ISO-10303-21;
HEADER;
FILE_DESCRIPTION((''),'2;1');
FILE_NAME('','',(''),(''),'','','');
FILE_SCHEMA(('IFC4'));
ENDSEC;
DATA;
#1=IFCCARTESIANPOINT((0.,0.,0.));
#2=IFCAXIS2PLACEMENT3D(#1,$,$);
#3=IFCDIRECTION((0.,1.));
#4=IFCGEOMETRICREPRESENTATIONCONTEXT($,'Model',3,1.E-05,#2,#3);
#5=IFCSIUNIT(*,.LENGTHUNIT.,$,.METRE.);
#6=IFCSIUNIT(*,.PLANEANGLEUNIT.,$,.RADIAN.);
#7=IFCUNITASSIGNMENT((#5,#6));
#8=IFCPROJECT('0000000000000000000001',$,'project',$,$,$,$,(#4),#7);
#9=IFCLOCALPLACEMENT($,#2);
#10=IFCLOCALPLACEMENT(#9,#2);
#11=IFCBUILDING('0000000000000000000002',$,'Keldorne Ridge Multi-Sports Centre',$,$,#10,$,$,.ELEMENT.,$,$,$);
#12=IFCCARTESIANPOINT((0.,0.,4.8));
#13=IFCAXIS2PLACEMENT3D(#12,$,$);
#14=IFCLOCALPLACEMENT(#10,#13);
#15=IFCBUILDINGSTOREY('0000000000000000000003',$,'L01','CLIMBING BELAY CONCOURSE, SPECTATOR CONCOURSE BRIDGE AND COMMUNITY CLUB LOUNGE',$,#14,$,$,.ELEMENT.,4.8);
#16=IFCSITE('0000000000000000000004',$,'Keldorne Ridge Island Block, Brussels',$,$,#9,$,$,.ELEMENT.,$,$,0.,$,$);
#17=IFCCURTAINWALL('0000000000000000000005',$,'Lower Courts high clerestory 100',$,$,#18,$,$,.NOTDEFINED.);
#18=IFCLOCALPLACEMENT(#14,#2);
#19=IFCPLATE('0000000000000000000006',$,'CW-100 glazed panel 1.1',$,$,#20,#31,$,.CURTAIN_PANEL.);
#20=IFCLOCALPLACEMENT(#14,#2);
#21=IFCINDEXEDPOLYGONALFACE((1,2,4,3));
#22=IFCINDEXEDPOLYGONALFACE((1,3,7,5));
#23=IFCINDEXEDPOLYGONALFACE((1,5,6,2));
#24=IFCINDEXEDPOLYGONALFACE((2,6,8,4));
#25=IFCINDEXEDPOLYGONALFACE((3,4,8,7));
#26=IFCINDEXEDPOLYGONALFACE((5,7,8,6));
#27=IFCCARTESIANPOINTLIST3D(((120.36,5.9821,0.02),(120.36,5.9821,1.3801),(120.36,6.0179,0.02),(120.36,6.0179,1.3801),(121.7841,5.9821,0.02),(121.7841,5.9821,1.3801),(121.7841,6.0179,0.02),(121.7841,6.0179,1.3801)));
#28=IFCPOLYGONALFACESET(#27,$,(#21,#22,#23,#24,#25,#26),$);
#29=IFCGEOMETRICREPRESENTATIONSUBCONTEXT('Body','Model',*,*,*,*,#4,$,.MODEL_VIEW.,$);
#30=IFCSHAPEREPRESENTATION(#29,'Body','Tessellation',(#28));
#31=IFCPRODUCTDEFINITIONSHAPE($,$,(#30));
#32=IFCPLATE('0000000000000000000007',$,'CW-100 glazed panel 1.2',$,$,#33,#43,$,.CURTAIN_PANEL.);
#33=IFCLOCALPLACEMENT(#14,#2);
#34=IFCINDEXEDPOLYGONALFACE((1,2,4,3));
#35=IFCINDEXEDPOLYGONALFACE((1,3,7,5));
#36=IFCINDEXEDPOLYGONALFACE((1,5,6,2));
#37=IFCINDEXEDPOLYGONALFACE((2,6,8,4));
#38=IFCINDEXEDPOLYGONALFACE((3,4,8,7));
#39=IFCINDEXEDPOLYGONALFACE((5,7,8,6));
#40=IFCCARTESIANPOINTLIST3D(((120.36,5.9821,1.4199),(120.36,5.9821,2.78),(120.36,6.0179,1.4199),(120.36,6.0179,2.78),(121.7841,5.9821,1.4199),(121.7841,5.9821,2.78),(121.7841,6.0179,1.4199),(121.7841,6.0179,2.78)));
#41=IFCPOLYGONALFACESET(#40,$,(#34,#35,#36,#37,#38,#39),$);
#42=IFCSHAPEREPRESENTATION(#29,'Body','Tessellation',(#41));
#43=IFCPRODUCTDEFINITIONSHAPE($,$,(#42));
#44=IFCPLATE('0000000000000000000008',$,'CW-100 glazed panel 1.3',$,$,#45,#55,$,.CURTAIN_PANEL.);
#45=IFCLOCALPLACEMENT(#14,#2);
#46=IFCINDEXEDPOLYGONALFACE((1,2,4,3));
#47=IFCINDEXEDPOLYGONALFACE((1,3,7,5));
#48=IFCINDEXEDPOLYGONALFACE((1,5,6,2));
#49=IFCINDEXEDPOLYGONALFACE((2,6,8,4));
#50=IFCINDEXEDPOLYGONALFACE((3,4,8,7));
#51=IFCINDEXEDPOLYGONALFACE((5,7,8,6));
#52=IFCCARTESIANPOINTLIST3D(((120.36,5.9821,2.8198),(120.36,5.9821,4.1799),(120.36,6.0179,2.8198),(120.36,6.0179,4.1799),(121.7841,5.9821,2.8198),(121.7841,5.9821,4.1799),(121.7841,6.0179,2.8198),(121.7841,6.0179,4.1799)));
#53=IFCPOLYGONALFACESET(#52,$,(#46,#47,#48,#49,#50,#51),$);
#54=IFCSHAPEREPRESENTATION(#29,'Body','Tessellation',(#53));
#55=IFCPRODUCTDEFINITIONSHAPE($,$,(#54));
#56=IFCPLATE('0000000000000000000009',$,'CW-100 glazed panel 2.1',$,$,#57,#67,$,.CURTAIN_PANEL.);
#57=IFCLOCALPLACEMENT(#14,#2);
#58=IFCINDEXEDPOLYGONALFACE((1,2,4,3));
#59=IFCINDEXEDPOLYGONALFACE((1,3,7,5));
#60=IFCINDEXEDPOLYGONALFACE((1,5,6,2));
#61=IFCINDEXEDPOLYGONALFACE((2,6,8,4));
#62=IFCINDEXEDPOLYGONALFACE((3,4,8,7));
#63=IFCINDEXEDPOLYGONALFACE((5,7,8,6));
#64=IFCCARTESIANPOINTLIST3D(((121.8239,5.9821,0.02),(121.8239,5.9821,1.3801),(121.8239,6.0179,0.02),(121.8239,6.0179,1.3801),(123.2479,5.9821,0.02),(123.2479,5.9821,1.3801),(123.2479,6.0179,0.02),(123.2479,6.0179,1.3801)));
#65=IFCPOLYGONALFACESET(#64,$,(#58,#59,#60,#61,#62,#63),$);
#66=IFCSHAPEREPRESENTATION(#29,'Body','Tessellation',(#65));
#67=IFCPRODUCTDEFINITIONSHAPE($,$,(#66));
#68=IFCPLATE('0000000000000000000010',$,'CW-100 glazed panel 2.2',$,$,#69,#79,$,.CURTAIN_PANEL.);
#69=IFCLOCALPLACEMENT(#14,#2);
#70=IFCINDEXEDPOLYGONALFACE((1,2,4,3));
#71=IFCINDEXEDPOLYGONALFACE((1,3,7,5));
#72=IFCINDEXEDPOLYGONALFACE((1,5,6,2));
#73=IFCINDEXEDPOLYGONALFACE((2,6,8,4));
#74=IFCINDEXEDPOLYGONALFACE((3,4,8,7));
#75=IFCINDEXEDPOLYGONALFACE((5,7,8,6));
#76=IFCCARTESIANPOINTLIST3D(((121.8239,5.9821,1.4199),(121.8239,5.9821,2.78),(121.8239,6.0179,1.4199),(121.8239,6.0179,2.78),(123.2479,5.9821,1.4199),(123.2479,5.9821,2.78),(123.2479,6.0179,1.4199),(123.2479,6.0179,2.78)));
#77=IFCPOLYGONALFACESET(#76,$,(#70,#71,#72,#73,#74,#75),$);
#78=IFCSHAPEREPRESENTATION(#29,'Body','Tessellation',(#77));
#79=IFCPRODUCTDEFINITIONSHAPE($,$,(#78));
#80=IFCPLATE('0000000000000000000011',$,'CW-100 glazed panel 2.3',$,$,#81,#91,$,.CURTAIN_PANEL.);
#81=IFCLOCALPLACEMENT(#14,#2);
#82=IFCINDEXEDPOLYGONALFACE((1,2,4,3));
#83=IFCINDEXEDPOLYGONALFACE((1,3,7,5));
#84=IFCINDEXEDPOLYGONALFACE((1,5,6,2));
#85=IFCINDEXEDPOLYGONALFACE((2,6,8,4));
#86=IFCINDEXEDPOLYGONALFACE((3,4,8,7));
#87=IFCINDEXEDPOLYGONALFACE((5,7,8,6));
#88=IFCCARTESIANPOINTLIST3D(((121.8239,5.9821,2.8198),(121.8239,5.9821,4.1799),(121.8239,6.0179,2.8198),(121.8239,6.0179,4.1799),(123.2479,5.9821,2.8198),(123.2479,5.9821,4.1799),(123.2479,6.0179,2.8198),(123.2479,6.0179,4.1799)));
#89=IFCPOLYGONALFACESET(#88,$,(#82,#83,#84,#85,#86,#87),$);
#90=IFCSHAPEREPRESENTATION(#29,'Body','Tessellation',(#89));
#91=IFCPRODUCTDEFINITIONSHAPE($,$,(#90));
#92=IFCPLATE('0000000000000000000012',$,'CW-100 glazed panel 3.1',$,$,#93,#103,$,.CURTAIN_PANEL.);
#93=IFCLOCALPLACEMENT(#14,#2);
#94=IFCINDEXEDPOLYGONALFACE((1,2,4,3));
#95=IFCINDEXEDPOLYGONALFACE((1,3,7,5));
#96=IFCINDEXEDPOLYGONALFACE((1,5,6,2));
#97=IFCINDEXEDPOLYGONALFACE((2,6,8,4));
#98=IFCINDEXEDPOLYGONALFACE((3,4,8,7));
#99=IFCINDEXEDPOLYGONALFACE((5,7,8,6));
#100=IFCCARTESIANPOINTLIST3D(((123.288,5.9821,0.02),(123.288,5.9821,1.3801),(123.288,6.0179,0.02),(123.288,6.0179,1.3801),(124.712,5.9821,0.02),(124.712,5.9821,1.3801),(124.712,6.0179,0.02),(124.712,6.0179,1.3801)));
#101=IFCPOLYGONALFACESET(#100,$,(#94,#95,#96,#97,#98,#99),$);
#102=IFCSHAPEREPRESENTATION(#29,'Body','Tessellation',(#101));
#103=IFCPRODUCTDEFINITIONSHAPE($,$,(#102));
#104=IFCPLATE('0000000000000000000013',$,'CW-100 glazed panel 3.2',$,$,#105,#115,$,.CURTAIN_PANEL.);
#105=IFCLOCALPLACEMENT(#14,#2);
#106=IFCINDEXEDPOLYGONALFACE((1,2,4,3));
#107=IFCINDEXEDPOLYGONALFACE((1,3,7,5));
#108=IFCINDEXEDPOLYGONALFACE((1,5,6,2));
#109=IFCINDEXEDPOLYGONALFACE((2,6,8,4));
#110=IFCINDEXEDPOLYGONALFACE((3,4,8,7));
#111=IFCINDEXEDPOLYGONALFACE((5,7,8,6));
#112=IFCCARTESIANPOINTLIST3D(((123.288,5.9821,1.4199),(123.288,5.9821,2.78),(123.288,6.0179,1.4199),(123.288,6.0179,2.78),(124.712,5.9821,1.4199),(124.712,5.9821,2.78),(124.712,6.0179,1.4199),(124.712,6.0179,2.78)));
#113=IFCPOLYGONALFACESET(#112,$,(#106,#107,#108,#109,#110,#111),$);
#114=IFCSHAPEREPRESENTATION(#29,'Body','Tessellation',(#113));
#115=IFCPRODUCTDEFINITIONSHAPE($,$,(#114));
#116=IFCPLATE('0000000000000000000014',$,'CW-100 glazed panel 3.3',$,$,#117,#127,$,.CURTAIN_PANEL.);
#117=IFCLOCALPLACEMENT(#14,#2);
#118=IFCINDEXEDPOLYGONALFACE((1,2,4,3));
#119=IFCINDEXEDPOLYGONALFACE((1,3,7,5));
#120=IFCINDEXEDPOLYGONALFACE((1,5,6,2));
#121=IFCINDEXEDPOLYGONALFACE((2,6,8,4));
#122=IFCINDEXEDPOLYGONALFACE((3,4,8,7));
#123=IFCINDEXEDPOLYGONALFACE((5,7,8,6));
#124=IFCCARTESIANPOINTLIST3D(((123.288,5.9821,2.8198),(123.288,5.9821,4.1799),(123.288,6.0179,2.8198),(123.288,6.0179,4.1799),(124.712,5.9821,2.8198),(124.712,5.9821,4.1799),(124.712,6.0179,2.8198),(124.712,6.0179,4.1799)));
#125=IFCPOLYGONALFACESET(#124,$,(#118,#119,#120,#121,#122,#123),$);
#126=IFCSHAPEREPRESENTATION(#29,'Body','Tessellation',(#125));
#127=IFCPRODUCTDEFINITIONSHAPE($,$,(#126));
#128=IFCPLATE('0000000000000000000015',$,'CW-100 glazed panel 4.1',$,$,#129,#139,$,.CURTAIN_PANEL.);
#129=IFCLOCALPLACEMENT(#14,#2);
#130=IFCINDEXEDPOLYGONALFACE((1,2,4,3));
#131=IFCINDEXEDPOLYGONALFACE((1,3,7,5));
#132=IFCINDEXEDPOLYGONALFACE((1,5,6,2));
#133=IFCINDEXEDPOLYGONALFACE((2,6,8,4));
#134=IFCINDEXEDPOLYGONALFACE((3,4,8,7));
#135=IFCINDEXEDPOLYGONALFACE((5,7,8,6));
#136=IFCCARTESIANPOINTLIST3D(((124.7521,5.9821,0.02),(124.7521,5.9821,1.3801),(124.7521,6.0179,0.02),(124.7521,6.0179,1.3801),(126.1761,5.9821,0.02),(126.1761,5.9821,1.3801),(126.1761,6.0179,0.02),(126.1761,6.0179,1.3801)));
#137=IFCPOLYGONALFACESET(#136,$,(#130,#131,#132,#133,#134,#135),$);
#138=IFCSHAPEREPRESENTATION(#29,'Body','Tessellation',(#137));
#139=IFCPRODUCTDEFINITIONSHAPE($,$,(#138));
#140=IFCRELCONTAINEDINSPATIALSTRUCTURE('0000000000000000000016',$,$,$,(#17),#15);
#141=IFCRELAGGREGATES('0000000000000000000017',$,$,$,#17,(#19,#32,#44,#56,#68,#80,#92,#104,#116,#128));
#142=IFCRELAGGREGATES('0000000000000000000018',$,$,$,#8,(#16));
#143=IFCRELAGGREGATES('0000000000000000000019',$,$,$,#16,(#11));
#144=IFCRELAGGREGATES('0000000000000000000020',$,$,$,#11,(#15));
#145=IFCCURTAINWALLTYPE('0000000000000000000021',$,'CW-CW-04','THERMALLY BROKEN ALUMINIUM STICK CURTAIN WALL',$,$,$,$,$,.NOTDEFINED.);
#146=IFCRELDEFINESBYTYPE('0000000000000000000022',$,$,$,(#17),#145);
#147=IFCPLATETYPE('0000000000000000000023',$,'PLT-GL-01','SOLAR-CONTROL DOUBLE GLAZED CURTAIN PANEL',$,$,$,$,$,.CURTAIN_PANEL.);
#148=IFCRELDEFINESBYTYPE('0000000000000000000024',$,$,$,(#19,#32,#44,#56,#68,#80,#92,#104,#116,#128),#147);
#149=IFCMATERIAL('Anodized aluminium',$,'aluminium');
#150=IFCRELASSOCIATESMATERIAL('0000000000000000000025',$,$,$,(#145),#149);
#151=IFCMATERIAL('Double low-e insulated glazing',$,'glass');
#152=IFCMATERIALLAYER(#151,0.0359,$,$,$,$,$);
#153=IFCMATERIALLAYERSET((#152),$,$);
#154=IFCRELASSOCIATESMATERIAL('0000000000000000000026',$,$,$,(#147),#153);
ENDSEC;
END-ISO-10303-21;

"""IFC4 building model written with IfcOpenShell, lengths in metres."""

from ifc_helpers import new_model, si_unit, direction, frame, origin, origin_2d, place, context, subcontext, project, spatial, rectangle, extrude, material, layer, layer_set, type_object, element, aggregate, save


model = new_model("IFC4")

# Units and contexts
model_context = context("Model", 3, precision=1e-05, world=origin(), true_north=direction((0.0, 1.0)))
body_context = subcontext(model_context, "Body", "Model", "MODEL_VIEW")
ifc_project = project(units=[si_unit("LENGTHUNIT", "METRE"), si_unit("PLANEANGLEUNIT", "RADIAN")], contexts=[model_context])

# Site, building, storey
site_placement = place(None, origin())
site = spatial("IfcSite", under=ifc_project, at=site_placement, Name="Keldorne Ridge Island Block, Brussels", CompositionType="ELEMENT", RefElevation=0.0)
building_placement = place(site_placement, origin())
building = spatial("IfcBuilding", under=site, at=building_placement, Name="Keldorne Ridge Multi-Sports Centre", CompositionType="ELEMENT")
storey_placement = place(building_placement, frame((0.0, 0.0, 4.8)))
storey = spatial("IfcBuildingStorey", under=building, at=storey_placement, Name="L01", Description="CLIMBING BELAY CONCOURSE, SPECTATOR CONCOURSE BRIDGE AND COMMUNITY CLUB LOUNGE", CompositionType="ELEMENT", Elevation=4.8)

# Curtain wall
ifc_material_1 = material(Name="Anodized aluminium", Category="aluminium")
curtain_wall_type = type_object("IfcCurtainWallType", Name="CW-CW-04", Description="THERMALLY BROKEN ALUMINIUM STICK CURTAIN WALL", PredefinedType="NOTDEFINED", material=ifc_material_1)
curtain_wall_placement = place(storey_placement, origin())
curtain_wall = element("IfcCurtainWall", 1, at=curtain_wall_placement, inside=storey, type_object=curtain_wall_type, Name="Lower Courts high clerestory 100", PredefinedType="NOTDEFINED")

# Plates
ifc_material_2 = material(Name="Double low-e insulated glazing", Category="glass")
ifc_layer = layer(ifc_material_2, 0.0359)
ifc_layer_set = layer_set([ifc_layer])
plate_type = type_object("IfcPlateType", Name="PLT-GL-01", Description="SOLAR-CONTROL DOUBLE GLAZED CURTAIN PANEL", PredefinedType="CURTAIN_PANEL", material=ifc_layer_set)
plate_1_placement = place(storey_placement, frame((121.072, 6.0, 0.02), z_axis=(0.0, 0.0, 1.0), x_axis=(1.0, 0.0, 0.0)))
plate_1 = element("IfcPlate", 2, at=plate_1_placement, type_object=plate_type, Name="CW-100 glazed panel 1.1", PredefinedType="CURTAIN_PANEL", context=body_context, shape_type="SweptSolid", body=[
    extrude(rectangle(XDim=1.4241, YDim=0.0359, at=origin_2d()), origin(), (0.0, 0.0, 1.0), 1.3601),
])
plate_2_placement = place(storey_placement, frame((121.072, 6.0, 1.4199), z_axis=(0.0, 0.0, 1.0), x_axis=(1.0, 0.0, 0.0)))
plate_2 = element("IfcPlate", 3, at=plate_2_placement, type_object=plate_type, Name="CW-100 glazed panel 1.2", PredefinedType="CURTAIN_PANEL", context=body_context, shape_type="SweptSolid", body=[
    extrude(rectangle(XDim=1.4241, YDim=0.0359, at=origin_2d()), origin(), (0.0, 0.0, 1.0), 1.3601),
])
plate_3_placement = place(storey_placement, frame((121.072, 6.0, 2.8198), z_axis=(0.0, 0.0, 1.0), x_axis=(1.0, 0.0, 0.0)))
plate_3 = element("IfcPlate", 4, at=plate_3_placement, type_object=plate_type, Name="CW-100 glazed panel 1.3", PredefinedType="CURTAIN_PANEL", context=body_context, shape_type="SweptSolid", body=[
    extrude(rectangle(XDim=1.4241, YDim=0.0359, at=origin_2d()), origin(), (0.0, 0.0, 1.0), 1.3601),
])
plate_4_placement = place(storey_placement, frame((122.5359, 6.0, 0.02), z_axis=(0.0, 0.0, 1.0), x_axis=(1.0, 0.0, 0.0)))
plate_4 = element("IfcPlate", 5, at=plate_4_placement, type_object=plate_type, Name="CW-100 glazed panel 2.1", PredefinedType="CURTAIN_PANEL", context=body_context, shape_type="SweptSolid", body=[
    extrude(rectangle(XDim=1.4241, YDim=0.0359, at=origin_2d()), origin(), (0.0, 0.0, 1.0), 1.3601),
])
plate_5_placement = place(storey_placement, frame((122.5359, 6.0, 1.4199), z_axis=(0.0, 0.0, 1.0), x_axis=(1.0, 0.0, 0.0)))
plate_5 = element("IfcPlate", 6, at=plate_5_placement, type_object=plate_type, Name="CW-100 glazed panel 2.2", PredefinedType="CURTAIN_PANEL", context=body_context, shape_type="SweptSolid", body=[
    extrude(rectangle(XDim=1.4241, YDim=0.0359, at=origin_2d()), origin(), (0.0, 0.0, 1.0), 1.3601),
])
plate_6_placement = place(storey_placement, frame((122.5359, 6.0, 2.8198), z_axis=(0.0, 0.0, 1.0), x_axis=(1.0, 0.0, 0.0)))
plate_6 = element("IfcPlate", 7, at=plate_6_placement, type_object=plate_type, Name="CW-100 glazed panel 2.3", PredefinedType="CURTAIN_PANEL", context=body_context, shape_type="SweptSolid", body=[
    extrude(rectangle(XDim=1.4241, YDim=0.0359, at=origin_2d()), origin(), (0.0, 0.0, 1.0), 1.3601),
])
plate_7_placement = place(storey_placement, frame((124.0, 6.0, 0.02), z_axis=(0.0, 0.0, 1.0), x_axis=(1.0, 0.0, 0.0)))
plate_7 = element("IfcPlate", 8, at=plate_7_placement, type_object=plate_type, Name="CW-100 glazed panel 3.1", PredefinedType="CURTAIN_PANEL", context=body_context, shape_type="SweptSolid", body=[
    extrude(rectangle(XDim=1.4241, YDim=0.0359, at=origin_2d()), origin(), (0.0, 0.0, 1.0), 1.3601),
])
plate_8_placement = place(storey_placement, frame((124.0, 6.0, 1.4199), z_axis=(0.0, 0.0, 1.0), x_axis=(1.0, 0.0, 0.0)))
plate_8 = element("IfcPlate", 9, at=plate_8_placement, type_object=plate_type, Name="CW-100 glazed panel 3.2", PredefinedType="CURTAIN_PANEL", context=body_context, shape_type="SweptSolid", body=[
    extrude(rectangle(XDim=1.4241, YDim=0.0359, at=origin_2d()), origin(), (0.0, 0.0, 1.0), 1.3601),
])
plate_9_placement = place(storey_placement, frame((124.0, 6.0, 2.8198), z_axis=(0.0, 0.0, 1.0), x_axis=(1.0, 0.0, 0.0)))
plate_9 = element("IfcPlate", 10, at=plate_9_placement, type_object=plate_type, Name="CW-100 glazed panel 3.3", PredefinedType="CURTAIN_PANEL", context=body_context, shape_type="SweptSolid", body=[
    extrude(rectangle(XDim=1.4241, YDim=0.0359, at=origin_2d()), origin(), (0.0, 0.0, 1.0), 1.3601),
])
plate_10_placement = place(storey_placement, frame((125.4641, 6.0, 0.02), z_axis=(0.0, 0.0, 1.0), x_axis=(1.0, 0.0, 0.0)))
plate_10 = element("IfcPlate", 11, at=plate_10_placement, type_object=plate_type, Name="CW-100 glazed panel 4.1", PredefinedType="CURTAIN_PANEL", context=body_context, shape_type="SweptSolid", body=[
    extrude(rectangle(XDim=1.4241, YDim=0.0359, at=origin_2d()), origin(), (0.0, 0.0, 1.0), 1.3601),
])
aggregate(curtain_wall, [plate_1, plate_2, plate_3, plate_4, plate_5, plate_6, plate_7, plate_8, plate_9, plate_10])

save(model, "model.ifc")
